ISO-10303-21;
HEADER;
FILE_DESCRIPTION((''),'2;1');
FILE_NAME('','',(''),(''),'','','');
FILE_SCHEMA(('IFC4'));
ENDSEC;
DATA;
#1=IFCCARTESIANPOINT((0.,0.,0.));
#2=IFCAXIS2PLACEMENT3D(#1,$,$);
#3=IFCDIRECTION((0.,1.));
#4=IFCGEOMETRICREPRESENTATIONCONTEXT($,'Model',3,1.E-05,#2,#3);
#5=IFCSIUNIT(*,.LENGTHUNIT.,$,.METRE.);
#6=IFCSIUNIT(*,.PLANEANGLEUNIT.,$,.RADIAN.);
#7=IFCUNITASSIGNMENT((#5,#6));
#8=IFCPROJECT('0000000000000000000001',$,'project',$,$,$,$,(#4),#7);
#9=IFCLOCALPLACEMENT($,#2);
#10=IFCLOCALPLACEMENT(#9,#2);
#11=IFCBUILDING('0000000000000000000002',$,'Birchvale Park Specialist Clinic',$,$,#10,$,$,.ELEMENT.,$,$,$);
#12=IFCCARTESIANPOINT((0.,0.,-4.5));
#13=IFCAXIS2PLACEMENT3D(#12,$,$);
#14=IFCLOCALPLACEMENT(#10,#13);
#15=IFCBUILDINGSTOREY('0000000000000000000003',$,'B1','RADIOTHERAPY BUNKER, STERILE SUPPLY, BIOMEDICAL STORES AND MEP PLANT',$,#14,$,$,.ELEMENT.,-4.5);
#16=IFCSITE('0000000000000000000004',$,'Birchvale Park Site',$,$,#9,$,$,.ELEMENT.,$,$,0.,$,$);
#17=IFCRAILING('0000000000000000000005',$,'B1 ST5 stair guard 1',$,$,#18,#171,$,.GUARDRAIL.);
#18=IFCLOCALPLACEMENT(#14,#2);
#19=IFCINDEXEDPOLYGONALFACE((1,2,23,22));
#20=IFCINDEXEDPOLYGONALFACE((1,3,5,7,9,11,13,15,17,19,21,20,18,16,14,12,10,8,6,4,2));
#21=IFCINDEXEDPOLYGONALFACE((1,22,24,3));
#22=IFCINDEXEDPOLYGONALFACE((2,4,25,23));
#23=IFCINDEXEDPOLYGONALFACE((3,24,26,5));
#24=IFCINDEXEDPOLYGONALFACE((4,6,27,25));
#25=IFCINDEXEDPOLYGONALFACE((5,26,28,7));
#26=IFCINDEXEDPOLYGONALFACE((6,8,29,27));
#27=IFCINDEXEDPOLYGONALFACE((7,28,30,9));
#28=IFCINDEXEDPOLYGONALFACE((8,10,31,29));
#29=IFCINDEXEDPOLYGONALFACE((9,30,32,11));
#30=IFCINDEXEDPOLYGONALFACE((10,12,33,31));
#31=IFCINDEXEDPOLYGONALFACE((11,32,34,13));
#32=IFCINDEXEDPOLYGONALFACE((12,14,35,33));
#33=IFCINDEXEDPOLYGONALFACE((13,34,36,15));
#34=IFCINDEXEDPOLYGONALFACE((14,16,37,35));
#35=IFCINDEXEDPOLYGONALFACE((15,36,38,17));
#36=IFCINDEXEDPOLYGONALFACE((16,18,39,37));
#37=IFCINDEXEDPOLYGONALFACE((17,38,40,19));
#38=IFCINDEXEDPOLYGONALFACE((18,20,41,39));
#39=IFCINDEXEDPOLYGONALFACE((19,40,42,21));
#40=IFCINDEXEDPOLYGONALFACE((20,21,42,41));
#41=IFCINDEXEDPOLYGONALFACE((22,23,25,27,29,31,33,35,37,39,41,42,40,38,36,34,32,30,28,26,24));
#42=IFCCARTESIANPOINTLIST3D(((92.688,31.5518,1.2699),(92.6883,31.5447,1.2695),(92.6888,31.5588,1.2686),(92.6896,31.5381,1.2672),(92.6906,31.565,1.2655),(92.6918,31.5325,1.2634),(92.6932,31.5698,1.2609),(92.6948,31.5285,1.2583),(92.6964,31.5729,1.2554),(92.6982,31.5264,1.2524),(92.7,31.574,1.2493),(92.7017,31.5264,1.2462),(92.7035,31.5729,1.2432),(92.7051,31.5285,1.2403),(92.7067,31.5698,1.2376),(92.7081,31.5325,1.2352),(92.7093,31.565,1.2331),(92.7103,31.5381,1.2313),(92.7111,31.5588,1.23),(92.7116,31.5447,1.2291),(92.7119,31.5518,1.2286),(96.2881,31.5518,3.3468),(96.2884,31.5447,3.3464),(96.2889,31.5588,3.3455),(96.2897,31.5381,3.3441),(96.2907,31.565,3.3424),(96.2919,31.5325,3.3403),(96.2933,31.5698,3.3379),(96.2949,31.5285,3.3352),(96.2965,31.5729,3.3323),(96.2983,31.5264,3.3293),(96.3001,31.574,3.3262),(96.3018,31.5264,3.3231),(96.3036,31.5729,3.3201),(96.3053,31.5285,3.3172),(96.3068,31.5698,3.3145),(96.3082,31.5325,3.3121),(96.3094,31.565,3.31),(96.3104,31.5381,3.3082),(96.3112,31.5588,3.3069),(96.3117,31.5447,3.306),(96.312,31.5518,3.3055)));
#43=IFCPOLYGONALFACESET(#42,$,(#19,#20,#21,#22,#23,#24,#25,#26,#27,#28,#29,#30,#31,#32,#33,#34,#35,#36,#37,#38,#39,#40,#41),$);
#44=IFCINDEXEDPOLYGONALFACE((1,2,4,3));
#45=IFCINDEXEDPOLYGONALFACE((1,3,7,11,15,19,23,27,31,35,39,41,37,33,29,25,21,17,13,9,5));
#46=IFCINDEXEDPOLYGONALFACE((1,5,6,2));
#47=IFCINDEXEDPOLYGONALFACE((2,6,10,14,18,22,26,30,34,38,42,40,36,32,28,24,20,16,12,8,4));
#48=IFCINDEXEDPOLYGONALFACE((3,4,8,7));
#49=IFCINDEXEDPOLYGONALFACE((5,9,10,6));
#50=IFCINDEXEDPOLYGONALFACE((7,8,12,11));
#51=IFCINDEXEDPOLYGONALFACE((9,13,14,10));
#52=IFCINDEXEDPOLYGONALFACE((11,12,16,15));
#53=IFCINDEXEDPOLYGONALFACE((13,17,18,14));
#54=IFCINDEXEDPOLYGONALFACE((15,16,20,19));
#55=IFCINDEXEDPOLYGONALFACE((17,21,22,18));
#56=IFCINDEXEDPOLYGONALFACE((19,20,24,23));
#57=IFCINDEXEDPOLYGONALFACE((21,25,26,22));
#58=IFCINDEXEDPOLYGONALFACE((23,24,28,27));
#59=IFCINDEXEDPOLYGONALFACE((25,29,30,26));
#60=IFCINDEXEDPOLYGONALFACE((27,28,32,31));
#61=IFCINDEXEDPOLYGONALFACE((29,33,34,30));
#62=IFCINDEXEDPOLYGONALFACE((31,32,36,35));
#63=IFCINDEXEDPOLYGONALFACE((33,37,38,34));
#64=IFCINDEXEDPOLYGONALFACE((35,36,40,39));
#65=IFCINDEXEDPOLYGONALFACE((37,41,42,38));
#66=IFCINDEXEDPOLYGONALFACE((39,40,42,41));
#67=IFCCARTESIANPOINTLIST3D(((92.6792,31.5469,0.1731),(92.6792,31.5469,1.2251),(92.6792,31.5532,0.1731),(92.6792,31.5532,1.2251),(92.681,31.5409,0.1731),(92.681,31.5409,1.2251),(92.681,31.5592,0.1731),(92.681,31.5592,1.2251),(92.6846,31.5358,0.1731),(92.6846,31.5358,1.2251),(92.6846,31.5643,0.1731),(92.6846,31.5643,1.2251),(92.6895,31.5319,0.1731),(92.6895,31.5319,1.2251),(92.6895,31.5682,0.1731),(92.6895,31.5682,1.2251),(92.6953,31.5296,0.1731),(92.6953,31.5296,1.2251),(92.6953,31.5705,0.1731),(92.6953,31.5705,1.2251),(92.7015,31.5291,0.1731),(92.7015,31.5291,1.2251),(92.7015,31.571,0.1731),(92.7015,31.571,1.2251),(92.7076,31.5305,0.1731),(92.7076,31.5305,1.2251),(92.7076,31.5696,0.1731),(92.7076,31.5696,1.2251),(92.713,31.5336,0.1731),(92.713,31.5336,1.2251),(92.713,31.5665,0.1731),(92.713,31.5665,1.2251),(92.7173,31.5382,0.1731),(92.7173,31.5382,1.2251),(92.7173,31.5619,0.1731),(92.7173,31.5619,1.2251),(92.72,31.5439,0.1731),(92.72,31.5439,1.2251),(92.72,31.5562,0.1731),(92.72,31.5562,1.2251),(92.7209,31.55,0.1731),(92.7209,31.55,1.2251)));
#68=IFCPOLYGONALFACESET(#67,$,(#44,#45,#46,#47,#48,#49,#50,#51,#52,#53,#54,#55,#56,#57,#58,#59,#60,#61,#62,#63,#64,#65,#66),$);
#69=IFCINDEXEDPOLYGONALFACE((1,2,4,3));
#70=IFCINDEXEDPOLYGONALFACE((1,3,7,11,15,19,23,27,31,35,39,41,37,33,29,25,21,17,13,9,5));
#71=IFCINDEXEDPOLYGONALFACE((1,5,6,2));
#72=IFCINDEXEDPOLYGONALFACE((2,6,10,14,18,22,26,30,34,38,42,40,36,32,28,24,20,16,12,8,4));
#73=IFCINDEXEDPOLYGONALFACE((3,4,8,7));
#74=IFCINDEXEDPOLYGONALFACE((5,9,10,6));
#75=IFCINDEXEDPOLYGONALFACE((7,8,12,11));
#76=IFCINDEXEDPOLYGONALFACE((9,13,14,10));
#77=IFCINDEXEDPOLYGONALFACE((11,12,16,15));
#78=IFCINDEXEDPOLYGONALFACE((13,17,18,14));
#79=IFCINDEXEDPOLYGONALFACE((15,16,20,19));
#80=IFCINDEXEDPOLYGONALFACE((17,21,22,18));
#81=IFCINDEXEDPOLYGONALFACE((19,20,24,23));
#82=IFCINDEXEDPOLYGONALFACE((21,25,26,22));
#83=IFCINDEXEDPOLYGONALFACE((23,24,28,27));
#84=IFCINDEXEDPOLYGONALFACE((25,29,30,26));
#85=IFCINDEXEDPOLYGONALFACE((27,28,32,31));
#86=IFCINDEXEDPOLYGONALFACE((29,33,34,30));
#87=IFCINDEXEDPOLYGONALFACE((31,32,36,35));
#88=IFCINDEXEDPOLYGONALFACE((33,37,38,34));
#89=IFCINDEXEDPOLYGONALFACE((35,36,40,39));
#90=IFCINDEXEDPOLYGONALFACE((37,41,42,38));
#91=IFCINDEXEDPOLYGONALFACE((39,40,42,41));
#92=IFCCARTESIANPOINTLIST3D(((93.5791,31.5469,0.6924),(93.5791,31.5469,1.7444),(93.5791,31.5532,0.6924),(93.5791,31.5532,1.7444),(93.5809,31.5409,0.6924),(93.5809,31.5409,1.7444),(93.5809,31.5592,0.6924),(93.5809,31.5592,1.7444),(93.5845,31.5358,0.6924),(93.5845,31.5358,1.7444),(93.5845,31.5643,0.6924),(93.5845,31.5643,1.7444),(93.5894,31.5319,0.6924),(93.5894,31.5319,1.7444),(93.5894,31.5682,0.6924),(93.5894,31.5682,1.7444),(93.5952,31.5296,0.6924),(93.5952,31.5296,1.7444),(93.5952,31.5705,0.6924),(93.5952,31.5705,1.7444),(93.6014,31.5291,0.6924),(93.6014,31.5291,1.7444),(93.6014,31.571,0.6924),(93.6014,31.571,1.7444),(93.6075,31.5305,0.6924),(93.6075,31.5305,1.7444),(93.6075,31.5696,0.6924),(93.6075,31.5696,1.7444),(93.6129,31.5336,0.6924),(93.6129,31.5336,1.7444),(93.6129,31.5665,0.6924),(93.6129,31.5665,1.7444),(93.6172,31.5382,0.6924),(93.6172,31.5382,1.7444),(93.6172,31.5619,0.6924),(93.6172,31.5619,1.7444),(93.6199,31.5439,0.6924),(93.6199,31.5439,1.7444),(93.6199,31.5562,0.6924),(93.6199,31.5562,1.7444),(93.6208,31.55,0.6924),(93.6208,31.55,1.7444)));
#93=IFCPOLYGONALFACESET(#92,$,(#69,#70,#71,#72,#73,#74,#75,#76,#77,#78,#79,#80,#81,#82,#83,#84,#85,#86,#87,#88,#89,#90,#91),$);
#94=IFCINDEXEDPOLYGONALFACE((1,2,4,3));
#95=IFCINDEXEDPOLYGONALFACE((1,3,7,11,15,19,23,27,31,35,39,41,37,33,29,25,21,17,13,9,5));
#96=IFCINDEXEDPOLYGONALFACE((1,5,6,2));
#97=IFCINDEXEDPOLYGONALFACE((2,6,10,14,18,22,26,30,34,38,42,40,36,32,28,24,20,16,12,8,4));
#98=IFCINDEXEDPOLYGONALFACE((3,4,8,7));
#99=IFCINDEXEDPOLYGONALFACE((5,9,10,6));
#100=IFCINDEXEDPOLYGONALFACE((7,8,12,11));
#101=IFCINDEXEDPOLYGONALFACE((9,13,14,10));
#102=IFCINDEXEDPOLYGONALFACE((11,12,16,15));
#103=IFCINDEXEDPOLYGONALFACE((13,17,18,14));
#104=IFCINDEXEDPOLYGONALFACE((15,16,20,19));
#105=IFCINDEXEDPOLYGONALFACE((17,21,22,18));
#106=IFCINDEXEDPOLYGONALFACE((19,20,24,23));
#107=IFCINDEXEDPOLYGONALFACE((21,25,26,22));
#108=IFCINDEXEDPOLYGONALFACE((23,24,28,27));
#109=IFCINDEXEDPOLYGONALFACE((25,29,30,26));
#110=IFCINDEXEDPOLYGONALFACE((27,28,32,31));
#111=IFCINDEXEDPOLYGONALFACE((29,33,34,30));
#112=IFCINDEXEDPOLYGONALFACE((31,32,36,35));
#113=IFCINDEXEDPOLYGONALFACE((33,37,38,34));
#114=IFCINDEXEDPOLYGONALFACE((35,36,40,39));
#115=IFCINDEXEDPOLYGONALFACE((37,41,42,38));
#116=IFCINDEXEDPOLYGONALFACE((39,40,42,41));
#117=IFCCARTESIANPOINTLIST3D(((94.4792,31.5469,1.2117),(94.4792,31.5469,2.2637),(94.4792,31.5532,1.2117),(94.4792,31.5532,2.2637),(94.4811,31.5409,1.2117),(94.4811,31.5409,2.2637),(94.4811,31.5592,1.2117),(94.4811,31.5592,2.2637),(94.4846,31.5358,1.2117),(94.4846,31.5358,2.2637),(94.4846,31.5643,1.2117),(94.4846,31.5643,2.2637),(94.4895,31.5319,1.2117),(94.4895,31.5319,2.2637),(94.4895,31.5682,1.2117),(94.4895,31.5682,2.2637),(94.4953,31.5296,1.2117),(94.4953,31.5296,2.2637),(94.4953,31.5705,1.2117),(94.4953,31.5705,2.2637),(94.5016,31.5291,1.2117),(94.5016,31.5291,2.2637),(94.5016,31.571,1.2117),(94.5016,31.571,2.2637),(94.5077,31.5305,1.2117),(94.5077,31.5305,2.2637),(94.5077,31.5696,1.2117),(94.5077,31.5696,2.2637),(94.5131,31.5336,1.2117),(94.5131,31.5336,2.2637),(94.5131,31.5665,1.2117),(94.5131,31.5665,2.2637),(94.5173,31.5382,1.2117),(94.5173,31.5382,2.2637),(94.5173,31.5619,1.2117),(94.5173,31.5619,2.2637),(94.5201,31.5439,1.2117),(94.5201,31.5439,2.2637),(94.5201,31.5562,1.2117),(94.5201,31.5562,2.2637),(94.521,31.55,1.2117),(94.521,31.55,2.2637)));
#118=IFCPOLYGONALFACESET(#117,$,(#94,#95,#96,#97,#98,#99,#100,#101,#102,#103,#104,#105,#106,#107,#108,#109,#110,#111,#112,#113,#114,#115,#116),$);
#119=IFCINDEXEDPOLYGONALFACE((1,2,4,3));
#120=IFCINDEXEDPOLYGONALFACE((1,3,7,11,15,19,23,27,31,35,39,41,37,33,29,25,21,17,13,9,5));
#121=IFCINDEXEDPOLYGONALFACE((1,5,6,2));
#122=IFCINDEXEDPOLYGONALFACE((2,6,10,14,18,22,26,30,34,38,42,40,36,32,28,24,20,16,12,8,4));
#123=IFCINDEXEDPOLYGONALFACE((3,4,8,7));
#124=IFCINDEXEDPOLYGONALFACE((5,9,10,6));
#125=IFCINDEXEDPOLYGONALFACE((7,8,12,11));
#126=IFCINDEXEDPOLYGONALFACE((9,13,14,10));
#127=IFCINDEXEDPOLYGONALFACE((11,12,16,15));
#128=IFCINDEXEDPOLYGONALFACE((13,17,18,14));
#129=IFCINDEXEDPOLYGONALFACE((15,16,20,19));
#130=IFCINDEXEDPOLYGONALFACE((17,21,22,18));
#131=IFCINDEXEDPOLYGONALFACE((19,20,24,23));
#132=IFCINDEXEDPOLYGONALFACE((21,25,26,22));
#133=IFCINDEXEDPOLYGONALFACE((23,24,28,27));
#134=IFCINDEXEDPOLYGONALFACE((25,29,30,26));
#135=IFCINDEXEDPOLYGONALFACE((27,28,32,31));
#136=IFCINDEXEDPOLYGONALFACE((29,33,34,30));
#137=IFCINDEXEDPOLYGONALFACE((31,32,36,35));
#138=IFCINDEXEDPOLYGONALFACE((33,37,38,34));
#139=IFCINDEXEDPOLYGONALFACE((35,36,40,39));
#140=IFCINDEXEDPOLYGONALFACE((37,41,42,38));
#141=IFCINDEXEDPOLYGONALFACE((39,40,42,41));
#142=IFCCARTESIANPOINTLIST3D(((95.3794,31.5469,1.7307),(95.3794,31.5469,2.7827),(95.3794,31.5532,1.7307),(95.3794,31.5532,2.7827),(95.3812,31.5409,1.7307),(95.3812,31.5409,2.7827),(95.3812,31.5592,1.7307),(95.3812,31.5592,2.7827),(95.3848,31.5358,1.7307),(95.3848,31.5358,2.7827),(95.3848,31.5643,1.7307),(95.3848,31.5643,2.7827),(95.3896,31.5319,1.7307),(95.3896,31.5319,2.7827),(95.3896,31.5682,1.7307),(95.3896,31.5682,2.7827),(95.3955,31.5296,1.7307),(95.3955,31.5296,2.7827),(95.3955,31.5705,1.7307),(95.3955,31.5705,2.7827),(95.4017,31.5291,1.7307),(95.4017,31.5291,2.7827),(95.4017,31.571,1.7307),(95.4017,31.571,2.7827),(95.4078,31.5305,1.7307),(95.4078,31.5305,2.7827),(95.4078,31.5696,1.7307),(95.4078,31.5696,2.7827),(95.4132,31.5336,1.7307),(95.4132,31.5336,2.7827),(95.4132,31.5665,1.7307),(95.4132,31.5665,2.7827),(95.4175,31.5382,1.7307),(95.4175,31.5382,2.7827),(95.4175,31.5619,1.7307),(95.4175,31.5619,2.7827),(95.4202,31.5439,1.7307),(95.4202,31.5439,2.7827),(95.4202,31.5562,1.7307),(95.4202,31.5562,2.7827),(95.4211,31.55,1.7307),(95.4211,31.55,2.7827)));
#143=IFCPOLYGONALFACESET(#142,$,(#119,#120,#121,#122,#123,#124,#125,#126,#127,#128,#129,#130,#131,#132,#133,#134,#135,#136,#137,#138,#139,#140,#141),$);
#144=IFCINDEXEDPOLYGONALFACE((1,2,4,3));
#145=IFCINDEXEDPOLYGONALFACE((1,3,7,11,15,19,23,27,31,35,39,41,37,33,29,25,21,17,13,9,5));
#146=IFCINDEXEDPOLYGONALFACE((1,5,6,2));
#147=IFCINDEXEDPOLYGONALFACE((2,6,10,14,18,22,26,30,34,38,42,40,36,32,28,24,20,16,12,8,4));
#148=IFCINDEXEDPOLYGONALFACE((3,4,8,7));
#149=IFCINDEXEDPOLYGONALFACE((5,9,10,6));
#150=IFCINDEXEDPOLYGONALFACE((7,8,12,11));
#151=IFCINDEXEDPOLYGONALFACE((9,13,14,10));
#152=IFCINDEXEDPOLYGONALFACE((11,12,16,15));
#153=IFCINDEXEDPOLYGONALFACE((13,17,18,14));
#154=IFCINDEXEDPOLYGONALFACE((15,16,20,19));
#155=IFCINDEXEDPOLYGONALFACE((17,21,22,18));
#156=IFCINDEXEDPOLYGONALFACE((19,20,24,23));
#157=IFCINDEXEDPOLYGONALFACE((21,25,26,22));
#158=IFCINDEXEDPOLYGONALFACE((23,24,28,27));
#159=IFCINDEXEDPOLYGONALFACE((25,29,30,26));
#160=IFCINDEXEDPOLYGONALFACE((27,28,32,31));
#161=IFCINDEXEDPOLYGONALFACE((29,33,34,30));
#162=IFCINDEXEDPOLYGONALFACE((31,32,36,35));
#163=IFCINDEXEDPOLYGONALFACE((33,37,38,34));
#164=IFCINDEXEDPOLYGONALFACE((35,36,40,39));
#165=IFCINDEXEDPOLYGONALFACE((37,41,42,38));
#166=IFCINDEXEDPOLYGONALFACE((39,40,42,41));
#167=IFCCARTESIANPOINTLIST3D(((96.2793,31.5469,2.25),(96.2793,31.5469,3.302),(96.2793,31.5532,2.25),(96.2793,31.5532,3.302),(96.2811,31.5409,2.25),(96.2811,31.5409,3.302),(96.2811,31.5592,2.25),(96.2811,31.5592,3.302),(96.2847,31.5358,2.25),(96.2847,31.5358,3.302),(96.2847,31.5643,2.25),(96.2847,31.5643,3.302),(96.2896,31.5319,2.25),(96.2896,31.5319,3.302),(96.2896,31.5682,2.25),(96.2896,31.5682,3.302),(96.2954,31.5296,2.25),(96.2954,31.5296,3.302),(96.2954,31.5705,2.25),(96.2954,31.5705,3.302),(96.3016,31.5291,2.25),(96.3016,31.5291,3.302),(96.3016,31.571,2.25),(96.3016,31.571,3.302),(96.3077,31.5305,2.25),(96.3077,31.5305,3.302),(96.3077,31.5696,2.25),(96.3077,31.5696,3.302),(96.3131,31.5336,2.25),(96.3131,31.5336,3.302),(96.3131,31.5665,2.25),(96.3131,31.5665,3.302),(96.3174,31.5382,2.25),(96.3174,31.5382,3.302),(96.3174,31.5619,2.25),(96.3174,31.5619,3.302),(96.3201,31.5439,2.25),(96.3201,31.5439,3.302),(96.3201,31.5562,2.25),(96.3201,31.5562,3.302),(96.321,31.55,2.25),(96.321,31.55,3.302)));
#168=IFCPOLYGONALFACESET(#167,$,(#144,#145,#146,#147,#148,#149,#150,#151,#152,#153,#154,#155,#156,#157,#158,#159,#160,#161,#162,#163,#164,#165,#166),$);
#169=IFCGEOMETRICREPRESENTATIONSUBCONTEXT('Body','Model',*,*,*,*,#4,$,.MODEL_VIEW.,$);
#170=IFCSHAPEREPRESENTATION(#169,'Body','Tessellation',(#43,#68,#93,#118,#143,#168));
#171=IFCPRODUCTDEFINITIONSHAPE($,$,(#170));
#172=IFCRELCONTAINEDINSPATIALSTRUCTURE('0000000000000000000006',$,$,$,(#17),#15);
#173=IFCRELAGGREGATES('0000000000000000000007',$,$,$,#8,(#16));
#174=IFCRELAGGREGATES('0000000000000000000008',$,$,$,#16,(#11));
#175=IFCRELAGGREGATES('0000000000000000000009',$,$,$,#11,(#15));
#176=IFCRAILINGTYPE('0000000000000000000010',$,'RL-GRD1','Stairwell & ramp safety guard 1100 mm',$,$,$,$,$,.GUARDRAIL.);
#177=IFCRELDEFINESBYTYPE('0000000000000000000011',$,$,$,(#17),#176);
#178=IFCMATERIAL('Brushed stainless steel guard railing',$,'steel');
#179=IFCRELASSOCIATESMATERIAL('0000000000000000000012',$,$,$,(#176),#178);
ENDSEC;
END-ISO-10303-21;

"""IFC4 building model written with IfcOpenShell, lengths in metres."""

from ifc_helpers import new_model, si_unit, direction, frame, origin, origin_2d, place, context, subcontext, project, spatial, circle, extrude, material, type_object, element, save


model = new_model("IFC4")

# Units and contexts
model_context = context("Model", 3, precision=1e-05, world=origin(), true_north=direction((0.0, 1.0)))
body_context = subcontext(model_context, "Body", "Model", "MODEL_VIEW")
ifc_project = project(units=[si_unit("LENGTHUNIT", "METRE"), si_unit("PLANEANGLEUNIT", "RADIAN")], contexts=[model_context])

# Site, building, storey
site_placement = place(None, origin())
site = spatial("IfcSite", under=ifc_project, at=site_placement, Name="Birchvale Park Site", CompositionType="ELEMENT", RefElevation=0.0)
building_placement = place(site_placement, origin())
building = spatial("IfcBuilding", under=site, at=building_placement, Name="Birchvale Park Specialist Clinic", CompositionType="ELEMENT")
storey_placement = place(building_placement, frame((0.0, 0.0, -4.5)))
storey = spatial("IfcBuildingStorey", under=building, at=storey_placement, Name="B1", Description="RADIOTHERAPY BUNKER, STERILE SUPPLY, BIOMEDICAL STORES AND MEP PLANT", CompositionType="ELEMENT", Elevation=-4.5)

# Railing
ifc_material_1 = material(Name="Brushed stainless steel guard railing", Category="steel")
railing_type_1 = type_object("IfcRailingType", Name="RL-GRD1", Description="Stairwell & ramp safety guard 1100 mm", PredefinedType="GUARDRAIL", material=ifc_material_1)
railing_1_placement = place(storey_placement, frame((92.7, 31.55, 0.1731)))
element("IfcRailing", 1, at=railing_1_placement, inside=storey, type_object=railing_type_1, Name="B1 ST5 stair guard 1", PredefinedType="GUARDRAIL", context=body_context, shape_type="SweptSolid", body=[
    extrude(circle(Radius=0.0239, at=origin_2d()), frame((0.0, 0.0, 1.0762), z_axis=(0.866193, 0.0, 0.499709), x_axis=(0.0, 1.0, 0.0)), (0.0, 0.0, 1.0), 4.1562),
    extrude(circle(Radius=0.021, at=origin_2d()), origin(), (0.0, 0.0, 1.0), 1.052),
    extrude(circle(Radius=0.021, at=origin_2d()), frame((0.8999, 0.0, 0.5193)), (0.0, 0.0, 1.0), 1.052),
    extrude(circle(Radius=0.021, at=origin_2d()), frame((1.8, 0.0, 1.0386)), (0.0, 0.0, 1.0), 1.052),
    extrude(circle(Radius=0.021, at=origin_2d()), frame((2.7002, 0.0, 1.5576)), (0.0, 0.0, 1.0), 1.052),
    extrude(circle(Radius=0.021, at=origin_2d()), frame((3.6001, 0.0, 2.0769)), (0.0, 0.0, 1.0), 1.052),
])

save(model, "model.ifc")
